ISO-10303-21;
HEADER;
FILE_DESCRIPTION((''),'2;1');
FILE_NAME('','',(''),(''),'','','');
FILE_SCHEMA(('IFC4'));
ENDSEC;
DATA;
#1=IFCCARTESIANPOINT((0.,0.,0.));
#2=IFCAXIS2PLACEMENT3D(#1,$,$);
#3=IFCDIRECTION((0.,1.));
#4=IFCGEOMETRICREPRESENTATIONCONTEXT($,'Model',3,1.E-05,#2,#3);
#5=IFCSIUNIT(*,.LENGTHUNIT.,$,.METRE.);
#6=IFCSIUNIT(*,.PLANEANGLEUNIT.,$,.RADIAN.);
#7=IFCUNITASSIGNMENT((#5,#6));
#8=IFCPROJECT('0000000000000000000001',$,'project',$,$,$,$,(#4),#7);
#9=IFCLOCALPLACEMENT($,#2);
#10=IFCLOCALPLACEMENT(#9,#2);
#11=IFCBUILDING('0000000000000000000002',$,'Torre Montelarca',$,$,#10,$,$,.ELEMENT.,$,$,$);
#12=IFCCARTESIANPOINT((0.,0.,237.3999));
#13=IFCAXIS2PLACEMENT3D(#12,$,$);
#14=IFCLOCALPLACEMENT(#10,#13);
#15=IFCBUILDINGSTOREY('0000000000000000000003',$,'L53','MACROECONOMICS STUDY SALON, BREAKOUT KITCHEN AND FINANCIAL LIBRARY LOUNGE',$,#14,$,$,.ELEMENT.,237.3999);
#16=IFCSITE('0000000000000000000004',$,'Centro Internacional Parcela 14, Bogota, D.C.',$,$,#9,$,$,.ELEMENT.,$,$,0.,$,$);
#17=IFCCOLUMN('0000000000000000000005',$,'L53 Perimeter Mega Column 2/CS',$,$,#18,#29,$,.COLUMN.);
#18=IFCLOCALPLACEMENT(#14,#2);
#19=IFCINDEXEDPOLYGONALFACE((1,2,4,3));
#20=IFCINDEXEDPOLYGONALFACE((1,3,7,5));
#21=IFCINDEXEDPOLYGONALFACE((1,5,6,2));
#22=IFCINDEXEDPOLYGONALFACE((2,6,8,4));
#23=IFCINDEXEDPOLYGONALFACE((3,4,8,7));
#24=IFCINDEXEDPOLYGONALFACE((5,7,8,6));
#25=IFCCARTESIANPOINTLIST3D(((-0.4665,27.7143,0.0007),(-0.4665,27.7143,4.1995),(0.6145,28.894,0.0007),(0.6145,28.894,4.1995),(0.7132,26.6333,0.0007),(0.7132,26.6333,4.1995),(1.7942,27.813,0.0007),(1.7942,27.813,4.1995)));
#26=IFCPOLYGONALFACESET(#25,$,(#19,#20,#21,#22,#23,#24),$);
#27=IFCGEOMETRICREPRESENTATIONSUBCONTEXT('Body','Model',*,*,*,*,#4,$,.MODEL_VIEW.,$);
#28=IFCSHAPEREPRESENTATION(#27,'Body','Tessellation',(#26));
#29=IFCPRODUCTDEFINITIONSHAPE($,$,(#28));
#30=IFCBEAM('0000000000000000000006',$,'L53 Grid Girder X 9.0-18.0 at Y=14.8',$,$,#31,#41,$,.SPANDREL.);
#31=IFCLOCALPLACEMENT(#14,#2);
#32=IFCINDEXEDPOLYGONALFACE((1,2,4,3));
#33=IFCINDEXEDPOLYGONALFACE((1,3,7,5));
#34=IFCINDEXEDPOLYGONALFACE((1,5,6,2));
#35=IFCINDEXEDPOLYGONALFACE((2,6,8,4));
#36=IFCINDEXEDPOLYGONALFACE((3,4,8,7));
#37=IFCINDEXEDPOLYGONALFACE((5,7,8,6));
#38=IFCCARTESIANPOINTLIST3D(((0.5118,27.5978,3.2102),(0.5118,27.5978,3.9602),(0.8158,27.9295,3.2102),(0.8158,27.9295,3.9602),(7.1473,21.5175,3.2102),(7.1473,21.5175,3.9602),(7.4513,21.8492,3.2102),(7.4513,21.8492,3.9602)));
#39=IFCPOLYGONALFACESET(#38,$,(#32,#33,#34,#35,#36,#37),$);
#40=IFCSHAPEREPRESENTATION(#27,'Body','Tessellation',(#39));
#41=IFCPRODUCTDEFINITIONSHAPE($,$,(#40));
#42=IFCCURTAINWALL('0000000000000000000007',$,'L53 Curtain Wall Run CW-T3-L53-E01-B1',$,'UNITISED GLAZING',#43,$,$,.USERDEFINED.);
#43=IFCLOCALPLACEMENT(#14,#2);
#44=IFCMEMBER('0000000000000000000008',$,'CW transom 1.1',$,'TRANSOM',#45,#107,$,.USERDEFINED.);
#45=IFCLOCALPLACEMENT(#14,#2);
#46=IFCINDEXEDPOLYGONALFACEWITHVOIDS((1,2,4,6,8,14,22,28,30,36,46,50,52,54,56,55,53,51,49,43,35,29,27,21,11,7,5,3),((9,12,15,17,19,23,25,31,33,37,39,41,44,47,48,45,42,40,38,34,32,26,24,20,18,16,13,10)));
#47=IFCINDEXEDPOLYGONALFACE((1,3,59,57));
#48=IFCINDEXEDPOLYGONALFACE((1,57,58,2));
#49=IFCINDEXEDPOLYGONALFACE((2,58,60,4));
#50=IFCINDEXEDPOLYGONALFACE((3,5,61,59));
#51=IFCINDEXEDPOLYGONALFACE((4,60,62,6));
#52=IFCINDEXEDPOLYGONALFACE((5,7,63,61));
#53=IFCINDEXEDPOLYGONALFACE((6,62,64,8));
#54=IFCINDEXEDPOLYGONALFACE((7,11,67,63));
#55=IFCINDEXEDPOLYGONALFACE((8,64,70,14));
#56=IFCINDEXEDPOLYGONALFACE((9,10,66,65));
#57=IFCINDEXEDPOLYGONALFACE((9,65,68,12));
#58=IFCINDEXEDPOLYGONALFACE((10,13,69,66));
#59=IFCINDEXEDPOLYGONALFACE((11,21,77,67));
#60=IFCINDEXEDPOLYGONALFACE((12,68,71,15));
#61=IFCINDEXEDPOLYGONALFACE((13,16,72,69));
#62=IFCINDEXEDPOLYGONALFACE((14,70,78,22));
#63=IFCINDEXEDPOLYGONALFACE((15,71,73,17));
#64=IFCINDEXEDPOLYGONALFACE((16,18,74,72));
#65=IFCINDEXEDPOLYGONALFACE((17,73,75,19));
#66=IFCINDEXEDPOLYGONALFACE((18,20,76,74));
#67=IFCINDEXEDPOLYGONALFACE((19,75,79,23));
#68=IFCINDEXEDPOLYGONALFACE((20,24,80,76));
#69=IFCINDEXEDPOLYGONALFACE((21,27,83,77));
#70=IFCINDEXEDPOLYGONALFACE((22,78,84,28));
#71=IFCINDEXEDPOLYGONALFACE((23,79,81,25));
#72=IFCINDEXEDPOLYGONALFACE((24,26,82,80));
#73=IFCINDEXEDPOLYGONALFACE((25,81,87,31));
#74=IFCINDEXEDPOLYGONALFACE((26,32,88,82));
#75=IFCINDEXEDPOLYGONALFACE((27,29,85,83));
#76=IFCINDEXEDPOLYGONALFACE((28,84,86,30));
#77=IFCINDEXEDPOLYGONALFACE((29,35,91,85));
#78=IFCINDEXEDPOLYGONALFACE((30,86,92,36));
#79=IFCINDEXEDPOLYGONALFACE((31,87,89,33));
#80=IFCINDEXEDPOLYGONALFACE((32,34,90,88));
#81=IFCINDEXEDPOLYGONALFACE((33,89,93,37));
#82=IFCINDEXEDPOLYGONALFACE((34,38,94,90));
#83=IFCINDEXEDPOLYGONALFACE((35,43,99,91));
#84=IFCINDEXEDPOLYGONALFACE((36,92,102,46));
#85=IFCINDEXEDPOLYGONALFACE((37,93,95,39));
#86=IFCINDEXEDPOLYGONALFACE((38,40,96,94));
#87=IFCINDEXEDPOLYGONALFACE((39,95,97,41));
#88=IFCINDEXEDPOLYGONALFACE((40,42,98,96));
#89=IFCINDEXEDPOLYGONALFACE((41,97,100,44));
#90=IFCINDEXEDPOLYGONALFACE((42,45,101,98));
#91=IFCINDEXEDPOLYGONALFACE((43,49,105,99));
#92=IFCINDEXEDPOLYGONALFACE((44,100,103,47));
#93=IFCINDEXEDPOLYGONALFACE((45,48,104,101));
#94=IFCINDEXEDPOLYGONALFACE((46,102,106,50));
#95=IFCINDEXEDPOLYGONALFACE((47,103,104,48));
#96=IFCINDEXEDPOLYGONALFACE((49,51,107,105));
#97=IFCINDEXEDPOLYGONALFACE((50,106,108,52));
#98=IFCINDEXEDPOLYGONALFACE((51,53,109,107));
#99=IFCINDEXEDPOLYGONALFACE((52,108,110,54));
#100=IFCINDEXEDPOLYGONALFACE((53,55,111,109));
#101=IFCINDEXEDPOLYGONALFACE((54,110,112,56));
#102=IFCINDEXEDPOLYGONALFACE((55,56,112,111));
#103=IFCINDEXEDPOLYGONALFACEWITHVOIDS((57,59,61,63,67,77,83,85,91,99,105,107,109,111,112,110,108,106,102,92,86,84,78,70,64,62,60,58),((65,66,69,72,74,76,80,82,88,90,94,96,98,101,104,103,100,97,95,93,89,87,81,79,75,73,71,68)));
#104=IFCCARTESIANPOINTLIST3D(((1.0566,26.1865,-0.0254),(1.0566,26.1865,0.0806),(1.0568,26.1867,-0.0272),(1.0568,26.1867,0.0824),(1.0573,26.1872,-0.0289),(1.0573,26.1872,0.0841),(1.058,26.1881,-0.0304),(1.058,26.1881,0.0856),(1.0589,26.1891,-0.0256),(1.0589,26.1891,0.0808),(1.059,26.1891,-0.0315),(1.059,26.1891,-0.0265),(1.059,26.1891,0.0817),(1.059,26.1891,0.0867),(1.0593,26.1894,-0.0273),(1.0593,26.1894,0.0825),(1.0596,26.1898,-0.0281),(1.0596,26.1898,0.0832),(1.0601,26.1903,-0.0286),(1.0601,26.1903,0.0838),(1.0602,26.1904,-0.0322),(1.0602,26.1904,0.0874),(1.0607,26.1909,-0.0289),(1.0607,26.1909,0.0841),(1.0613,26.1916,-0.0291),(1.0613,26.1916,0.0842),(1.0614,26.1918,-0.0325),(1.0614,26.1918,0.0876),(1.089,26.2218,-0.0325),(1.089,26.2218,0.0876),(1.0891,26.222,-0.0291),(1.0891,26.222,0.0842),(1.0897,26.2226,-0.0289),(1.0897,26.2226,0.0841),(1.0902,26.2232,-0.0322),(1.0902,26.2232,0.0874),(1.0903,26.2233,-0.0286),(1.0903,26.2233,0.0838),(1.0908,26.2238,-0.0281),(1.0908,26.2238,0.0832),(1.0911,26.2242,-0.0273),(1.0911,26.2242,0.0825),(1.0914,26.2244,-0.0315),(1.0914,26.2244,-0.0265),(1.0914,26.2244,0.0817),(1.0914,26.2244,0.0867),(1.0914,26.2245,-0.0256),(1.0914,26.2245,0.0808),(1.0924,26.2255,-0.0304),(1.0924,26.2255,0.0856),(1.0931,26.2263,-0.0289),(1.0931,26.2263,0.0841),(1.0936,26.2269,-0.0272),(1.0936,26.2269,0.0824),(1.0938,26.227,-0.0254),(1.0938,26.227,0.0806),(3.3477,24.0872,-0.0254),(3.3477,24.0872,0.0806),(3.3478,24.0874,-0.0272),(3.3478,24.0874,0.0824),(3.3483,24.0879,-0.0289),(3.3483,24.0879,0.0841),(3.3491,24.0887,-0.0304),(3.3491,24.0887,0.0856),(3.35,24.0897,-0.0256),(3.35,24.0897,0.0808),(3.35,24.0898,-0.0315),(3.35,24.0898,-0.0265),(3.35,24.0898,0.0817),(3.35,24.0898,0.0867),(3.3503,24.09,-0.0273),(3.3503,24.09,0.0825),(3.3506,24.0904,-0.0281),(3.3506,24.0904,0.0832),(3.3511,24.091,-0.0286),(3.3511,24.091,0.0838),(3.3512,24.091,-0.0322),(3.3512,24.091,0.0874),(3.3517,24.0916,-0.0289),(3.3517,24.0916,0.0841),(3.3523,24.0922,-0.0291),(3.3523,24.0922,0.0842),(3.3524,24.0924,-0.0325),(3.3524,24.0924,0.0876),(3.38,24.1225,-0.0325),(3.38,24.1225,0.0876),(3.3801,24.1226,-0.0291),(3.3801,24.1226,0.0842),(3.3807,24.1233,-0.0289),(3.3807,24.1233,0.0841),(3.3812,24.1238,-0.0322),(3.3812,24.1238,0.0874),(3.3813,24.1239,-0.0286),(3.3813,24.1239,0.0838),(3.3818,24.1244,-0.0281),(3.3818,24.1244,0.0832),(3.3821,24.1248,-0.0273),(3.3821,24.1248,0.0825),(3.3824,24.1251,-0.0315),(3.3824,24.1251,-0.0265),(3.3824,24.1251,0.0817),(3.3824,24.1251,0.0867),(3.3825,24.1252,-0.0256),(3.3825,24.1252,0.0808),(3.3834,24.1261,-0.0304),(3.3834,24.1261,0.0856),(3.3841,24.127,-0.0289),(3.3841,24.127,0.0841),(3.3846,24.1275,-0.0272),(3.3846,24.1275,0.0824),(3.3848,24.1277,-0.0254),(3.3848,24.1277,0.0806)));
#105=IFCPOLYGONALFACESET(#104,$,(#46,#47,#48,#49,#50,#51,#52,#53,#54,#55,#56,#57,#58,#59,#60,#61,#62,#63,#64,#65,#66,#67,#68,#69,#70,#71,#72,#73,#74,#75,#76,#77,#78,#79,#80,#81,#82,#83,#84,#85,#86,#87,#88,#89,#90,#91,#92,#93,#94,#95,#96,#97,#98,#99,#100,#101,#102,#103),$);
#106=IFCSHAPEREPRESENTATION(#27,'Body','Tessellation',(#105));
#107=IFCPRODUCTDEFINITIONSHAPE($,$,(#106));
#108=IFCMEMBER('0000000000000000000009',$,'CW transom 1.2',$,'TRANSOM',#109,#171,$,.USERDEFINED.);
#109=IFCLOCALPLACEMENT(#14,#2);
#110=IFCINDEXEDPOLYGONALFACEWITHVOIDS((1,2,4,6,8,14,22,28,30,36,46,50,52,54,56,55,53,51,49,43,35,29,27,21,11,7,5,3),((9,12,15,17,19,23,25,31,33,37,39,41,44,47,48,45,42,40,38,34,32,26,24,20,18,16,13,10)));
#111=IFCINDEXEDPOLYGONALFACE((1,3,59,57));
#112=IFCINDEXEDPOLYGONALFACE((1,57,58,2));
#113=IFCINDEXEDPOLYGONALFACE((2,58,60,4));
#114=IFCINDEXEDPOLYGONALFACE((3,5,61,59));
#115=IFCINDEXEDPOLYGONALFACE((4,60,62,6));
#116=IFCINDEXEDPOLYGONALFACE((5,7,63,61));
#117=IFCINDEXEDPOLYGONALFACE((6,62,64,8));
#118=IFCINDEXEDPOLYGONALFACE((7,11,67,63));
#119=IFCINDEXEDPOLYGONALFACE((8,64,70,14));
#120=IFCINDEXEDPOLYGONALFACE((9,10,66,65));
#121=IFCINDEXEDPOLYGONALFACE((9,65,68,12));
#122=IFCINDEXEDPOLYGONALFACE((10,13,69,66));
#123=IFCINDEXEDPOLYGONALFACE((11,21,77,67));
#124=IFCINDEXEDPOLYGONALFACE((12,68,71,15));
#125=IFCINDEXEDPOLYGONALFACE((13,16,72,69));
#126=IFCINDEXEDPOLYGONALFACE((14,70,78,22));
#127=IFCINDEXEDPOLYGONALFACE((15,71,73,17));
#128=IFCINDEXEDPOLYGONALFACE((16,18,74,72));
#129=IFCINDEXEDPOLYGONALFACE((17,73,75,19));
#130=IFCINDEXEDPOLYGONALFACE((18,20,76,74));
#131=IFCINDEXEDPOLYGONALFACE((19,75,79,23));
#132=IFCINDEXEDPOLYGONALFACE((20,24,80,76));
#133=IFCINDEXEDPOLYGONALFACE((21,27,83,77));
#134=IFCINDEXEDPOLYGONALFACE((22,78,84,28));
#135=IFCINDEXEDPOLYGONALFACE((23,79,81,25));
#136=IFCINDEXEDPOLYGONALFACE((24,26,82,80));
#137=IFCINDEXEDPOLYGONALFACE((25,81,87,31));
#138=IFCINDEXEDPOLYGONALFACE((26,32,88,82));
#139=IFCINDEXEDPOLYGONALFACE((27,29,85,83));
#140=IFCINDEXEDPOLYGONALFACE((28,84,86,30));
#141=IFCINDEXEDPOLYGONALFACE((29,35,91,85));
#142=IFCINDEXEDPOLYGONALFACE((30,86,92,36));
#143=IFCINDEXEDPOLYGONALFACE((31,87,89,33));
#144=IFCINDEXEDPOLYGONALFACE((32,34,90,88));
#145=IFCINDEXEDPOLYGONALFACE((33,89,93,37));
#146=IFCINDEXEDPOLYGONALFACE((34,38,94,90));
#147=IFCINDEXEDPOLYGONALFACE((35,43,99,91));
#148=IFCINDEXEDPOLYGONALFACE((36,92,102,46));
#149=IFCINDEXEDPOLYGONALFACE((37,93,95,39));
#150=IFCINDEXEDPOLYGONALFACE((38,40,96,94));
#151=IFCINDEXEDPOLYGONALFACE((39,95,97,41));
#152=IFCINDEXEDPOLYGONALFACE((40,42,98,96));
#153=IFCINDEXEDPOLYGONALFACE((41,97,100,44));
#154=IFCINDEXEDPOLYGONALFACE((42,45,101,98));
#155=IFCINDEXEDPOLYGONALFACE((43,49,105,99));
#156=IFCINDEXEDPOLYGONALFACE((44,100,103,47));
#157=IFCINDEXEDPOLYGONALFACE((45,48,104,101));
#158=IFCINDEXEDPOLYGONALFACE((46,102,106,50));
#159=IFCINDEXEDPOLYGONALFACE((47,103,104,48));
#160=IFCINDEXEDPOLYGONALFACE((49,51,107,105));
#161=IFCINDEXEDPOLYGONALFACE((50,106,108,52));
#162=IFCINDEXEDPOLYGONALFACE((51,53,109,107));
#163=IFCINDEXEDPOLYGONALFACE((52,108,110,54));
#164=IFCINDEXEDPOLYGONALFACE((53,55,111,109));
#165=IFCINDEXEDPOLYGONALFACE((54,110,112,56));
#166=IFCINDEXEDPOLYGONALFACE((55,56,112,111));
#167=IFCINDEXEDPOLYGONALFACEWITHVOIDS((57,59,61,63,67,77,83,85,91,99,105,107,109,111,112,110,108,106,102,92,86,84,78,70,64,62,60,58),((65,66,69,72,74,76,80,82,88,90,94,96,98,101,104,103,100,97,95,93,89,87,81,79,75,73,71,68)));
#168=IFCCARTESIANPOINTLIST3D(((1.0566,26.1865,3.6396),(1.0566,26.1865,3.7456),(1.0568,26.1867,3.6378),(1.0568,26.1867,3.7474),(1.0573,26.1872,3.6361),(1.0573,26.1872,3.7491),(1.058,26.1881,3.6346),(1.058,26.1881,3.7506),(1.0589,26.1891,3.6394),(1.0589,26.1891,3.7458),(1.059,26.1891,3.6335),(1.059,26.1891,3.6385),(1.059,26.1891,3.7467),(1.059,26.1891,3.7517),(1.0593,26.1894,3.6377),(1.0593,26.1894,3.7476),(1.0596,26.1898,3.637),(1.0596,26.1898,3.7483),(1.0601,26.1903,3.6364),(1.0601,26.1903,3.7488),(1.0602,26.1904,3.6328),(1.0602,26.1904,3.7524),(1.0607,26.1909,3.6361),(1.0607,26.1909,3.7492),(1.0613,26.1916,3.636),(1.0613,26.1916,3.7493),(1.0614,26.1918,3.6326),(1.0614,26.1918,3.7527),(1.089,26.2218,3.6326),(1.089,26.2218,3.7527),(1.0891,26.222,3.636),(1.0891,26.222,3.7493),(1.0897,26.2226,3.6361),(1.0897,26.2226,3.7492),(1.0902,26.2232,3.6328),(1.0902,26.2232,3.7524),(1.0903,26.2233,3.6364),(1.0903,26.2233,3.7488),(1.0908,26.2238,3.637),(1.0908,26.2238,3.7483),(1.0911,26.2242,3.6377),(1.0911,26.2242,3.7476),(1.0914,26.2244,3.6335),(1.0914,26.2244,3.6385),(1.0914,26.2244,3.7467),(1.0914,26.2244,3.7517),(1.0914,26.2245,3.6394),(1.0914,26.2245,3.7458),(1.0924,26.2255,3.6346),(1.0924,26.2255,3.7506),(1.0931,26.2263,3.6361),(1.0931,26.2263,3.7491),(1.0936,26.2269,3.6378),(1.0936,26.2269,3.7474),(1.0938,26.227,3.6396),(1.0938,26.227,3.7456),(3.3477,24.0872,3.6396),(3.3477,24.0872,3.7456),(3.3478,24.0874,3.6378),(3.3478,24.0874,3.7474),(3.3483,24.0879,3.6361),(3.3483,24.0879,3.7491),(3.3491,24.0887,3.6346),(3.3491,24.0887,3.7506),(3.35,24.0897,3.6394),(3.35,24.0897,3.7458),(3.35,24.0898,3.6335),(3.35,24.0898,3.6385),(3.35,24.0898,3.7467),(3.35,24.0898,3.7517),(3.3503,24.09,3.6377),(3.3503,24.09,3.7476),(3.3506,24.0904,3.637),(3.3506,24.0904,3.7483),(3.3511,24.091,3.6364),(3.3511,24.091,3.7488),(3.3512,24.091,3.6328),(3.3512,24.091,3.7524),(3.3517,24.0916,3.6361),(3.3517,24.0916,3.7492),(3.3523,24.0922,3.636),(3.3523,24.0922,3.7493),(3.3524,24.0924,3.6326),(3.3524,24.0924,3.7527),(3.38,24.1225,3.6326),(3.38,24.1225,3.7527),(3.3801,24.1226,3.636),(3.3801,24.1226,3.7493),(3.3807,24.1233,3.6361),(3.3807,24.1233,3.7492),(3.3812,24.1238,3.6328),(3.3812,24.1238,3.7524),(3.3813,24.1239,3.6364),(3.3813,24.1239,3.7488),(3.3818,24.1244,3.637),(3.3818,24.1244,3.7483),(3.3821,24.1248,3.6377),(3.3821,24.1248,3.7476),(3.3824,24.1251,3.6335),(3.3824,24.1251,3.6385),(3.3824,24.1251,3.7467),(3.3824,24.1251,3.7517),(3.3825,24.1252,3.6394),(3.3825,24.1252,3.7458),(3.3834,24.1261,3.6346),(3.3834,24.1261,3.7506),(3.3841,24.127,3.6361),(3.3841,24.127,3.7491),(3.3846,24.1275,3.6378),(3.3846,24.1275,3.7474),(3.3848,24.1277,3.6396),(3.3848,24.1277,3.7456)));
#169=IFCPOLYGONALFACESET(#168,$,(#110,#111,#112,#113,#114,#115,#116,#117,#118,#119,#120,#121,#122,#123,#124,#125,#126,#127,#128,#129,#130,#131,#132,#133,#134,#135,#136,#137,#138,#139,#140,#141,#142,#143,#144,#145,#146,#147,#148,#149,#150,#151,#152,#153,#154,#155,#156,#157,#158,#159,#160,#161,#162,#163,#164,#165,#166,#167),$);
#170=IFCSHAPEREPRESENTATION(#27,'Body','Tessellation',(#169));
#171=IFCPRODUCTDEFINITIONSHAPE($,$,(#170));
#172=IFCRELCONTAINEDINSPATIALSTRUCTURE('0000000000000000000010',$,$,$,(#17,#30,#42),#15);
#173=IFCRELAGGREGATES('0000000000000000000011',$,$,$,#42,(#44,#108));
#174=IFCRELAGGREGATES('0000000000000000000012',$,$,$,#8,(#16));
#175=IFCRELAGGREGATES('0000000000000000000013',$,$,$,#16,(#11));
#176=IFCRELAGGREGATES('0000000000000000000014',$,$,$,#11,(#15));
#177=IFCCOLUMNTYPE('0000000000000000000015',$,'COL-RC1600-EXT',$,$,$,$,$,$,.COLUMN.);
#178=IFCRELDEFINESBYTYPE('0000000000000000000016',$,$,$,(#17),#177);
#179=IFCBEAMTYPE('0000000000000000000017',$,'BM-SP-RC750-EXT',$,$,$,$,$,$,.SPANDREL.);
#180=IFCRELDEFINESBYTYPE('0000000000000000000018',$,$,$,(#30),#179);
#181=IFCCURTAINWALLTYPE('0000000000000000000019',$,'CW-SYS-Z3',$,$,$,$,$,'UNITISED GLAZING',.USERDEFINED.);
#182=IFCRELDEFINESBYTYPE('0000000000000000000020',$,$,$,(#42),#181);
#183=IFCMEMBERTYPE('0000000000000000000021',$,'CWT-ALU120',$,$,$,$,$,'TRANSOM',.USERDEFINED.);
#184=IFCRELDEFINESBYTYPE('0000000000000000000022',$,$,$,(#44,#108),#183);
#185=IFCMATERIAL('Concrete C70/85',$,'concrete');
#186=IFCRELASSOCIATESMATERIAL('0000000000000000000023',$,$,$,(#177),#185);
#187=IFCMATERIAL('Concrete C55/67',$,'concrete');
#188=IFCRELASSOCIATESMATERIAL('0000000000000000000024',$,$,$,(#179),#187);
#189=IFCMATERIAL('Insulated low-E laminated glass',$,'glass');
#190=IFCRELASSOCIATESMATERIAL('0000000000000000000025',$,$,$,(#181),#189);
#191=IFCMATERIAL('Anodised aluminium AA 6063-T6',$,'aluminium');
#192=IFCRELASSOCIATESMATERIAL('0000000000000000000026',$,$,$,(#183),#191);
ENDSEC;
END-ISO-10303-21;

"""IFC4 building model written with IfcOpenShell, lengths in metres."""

from ifc_helpers import new_model, si_unit, direction, frame, origin, origin_2d, place, context, subcontext, project, spatial, rectangle, hollow_rectangle, extrude, source, transform, mapped, material, material_profile, profile_set, type_object, element, aggregate, save


model = new_model("IFC4")

# Units and contexts
model_context = context("Model", 3, precision=1e-05, world=origin(), true_north=direction((0.0, 1.0)))
body_context = subcontext(model_context, "Body", "Model", "MODEL_VIEW")
ifc_project = project(units=[si_unit("LENGTHUNIT", "METRE"), si_unit("PLANEANGLEUNIT", "RADIAN")], contexts=[model_context])

# Site, building, storey
site_placement = place(None, origin())
site = spatial("IfcSite", under=ifc_project, at=site_placement, Name="Centro Internacional Parcela 14, Bogota, D.C.", CompositionType="ELEMENT", RefElevation=0.0)
building_placement = place(site_placement, origin())
building = spatial("IfcBuilding", under=site, at=building_placement, Name="Torre Montelarca", CompositionType="ELEMENT")
storey_placement = place(building_placement, frame((0.0, 0.0, 237.3999)))
storey = spatial("IfcBuildingStorey", under=building, at=storey_placement, Name="L53", Description="MACROECONOMICS STUDY SALON, BREAKOUT KITCHEN AND FINANCIAL LIBRARY LOUNGE", CompositionType="ELEMENT", Elevation=237.3999)

# Column
ifc_material_1 = material(Name="Concrete C70/85", Category="concrete")
ifc_material_profile_1 = material_profile(ifc_material_1, rectangle(XDim=1.6001, YDim=1.6001, at=origin_2d()), Name="RC1600X1600", Category="concrete")
ifc_profile_set_1 = profile_set([ifc_material_profile_1], Name="Concrete C70/85")
column_type = type_object("IfcColumnType", Name="COL-RC1600-EXT", PredefinedType="COLUMN", material=ifc_profile_set_1)
shared_shape_1 = source(origin(), body_context, "Body", "SweptSolid", [
    extrude(rectangle(XDim=1.6001, YDim=1.6001, at=origin_2d()), origin(), (0.0, 0.0, 1.0), 4.1987),
])
column_placement = place(storey_placement, frame((0.6638, 27.7637, 0.0007), z_axis=(0.0, 0.0, 1.0), x_axis=(-0.737277, 0.67559, 0.0)))
element("IfcColumn", 1, at=column_placement, inside=storey, type_object=column_type, Name="L53 Perimeter Mega Column 2/CS", PredefinedType="COLUMN", context=body_context, shape_type="MappedRepresentation", body=[
    mapped(shared_shape_1, transform((0.0, 0.0, 0.0), scale=1.0)),
])

# Beam
ifc_material_2 = material(Name="Concrete C55/67", Category="concrete")
ifc_material_profile_2 = material_profile(ifc_material_2, rectangle(XDim=0.45, YDim=0.75, at=origin_2d()), Name="RCB450X750", Category="concrete")
ifc_profile_set_2 = profile_set([ifc_material_profile_2], Name="Concrete C55/67")
beam_type = type_object("IfcBeamType", Name="BM-SP-RC750-EXT", PredefinedType="SPANDREL", material=ifc_profile_set_2)
shared_shape_2 = source(origin(), body_context, "Body", "SweptSolid", [
    extrude(rectangle(XDim=0.45, YDim=0.75, at=origin_2d()), origin(), (0.0, 0.0, 1.0), 9.0),
])
beam_placement = place(storey_placement, frame((0.6638, 27.7637, 3.5852), z_axis=(0.737277, -0.675591, 0.0), x_axis=(0.675591, 0.737277, 0.0)))
element("IfcBeam", 2, at=beam_placement, inside=storey, type_object=beam_type, Name="L53 Grid Girder X 9.0-18.0 at Y=14.8", PredefinedType="SPANDREL", context=body_context, shape_type="MappedRepresentation", body=[
    mapped(shared_shape_2, transform((0.0, 0.0, 0.0), scale=1.0)),
])

# Curtain wall, members
ifc_material_3 = material(Name="Insulated low-E laminated glass", Category="glass")
curtain_wall_type = type_object("IfcCurtainWallType", Name="CW-SYS-Z3", ElementType="UNITISED GLAZING", PredefinedType="USERDEFINED", material=ifc_material_3)
curtain_wall_1_placement = place(storey_placement, origin())
curtain_wall_1 = element("IfcCurtainWall", 3, at=curtain_wall_1_placement, inside=storey, type_object=curtain_wall_type, Name="L53 Curtain Wall Run CW-T3-L53-E01-B1", ObjectType="UNITISED GLAZING", PredefinedType="USERDEFINED")
ifc_material_4 = material(Name="Anodised aluminium AA 6063-T6", Category="aluminium")
ifc_material_profile_3 = material_profile(ifc_material_4, hollow_rectangle(XDim=0.0549, YDim=0.1201, WallThickness=0.0034, InnerFilletRadius=0.0034, OuterFilletRadius=0.0071, at=origin_2d()), Name="ALU55X120X3.5", Category="aluminium")
ifc_profile_set_3 = profile_set([ifc_material_profile_3], Name="Anodised aluminium AA 6063-T6")
member_type_1 = type_object("IfcMemberType", Name="CWT-ALU120", ElementType="TRANSOM", PredefinedType="USERDEFINED", material=ifc_profile_set_3)
shared_shape_3 = source(origin(), body_context, "Body", "SweptSolid", [
    extrude(hollow_rectangle(XDim=0.0549, YDim=0.1201, WallThickness=0.0034, InnerFilletRadius=0.0034, OuterFilletRadius=0.0071, at=origin_2d()), origin(), (0.0, 0.0, 1.0), 3.1074),
])
member_1_placement = place(storey_placement, frame((1.0752, 26.2068, 0.0276), z_axis=(0.737272, -0.675597, 0.0), x_axis=(0.675597, 0.737272, 0.0)))
member_1 = element("IfcMember", 4, at=member_1_placement, type_object=member_type_1, Name="CW transom 1.1", ObjectType="TRANSOM", PredefinedType="USERDEFINED", context=body_context, shape_type="MappedRepresentation", body=[
    mapped(shared_shape_3, transform((0.0, 0.0, 0.0), scale=1.0)),
])
member_2_placement = place(storey_placement, frame((1.0752, 26.2068, 3.6926), z_axis=(0.737272, -0.675597, 0.0), x_axis=(0.675597, 0.737272, 0.0)))
member_2 = element("IfcMember", 5, at=member_2_placement, type_object=member_type_1, Name="CW transom 1.2", ObjectType="TRANSOM", PredefinedType="USERDEFINED", context=body_context, shape_type="MappedRepresentation", body=[
    mapped(shared_shape_3, transform((0.0, 0.0, 0.0), scale=1.0)),
])

aggregate(curtain_wall_1, [member_1, member_2])

save(model, "model.ifc")
